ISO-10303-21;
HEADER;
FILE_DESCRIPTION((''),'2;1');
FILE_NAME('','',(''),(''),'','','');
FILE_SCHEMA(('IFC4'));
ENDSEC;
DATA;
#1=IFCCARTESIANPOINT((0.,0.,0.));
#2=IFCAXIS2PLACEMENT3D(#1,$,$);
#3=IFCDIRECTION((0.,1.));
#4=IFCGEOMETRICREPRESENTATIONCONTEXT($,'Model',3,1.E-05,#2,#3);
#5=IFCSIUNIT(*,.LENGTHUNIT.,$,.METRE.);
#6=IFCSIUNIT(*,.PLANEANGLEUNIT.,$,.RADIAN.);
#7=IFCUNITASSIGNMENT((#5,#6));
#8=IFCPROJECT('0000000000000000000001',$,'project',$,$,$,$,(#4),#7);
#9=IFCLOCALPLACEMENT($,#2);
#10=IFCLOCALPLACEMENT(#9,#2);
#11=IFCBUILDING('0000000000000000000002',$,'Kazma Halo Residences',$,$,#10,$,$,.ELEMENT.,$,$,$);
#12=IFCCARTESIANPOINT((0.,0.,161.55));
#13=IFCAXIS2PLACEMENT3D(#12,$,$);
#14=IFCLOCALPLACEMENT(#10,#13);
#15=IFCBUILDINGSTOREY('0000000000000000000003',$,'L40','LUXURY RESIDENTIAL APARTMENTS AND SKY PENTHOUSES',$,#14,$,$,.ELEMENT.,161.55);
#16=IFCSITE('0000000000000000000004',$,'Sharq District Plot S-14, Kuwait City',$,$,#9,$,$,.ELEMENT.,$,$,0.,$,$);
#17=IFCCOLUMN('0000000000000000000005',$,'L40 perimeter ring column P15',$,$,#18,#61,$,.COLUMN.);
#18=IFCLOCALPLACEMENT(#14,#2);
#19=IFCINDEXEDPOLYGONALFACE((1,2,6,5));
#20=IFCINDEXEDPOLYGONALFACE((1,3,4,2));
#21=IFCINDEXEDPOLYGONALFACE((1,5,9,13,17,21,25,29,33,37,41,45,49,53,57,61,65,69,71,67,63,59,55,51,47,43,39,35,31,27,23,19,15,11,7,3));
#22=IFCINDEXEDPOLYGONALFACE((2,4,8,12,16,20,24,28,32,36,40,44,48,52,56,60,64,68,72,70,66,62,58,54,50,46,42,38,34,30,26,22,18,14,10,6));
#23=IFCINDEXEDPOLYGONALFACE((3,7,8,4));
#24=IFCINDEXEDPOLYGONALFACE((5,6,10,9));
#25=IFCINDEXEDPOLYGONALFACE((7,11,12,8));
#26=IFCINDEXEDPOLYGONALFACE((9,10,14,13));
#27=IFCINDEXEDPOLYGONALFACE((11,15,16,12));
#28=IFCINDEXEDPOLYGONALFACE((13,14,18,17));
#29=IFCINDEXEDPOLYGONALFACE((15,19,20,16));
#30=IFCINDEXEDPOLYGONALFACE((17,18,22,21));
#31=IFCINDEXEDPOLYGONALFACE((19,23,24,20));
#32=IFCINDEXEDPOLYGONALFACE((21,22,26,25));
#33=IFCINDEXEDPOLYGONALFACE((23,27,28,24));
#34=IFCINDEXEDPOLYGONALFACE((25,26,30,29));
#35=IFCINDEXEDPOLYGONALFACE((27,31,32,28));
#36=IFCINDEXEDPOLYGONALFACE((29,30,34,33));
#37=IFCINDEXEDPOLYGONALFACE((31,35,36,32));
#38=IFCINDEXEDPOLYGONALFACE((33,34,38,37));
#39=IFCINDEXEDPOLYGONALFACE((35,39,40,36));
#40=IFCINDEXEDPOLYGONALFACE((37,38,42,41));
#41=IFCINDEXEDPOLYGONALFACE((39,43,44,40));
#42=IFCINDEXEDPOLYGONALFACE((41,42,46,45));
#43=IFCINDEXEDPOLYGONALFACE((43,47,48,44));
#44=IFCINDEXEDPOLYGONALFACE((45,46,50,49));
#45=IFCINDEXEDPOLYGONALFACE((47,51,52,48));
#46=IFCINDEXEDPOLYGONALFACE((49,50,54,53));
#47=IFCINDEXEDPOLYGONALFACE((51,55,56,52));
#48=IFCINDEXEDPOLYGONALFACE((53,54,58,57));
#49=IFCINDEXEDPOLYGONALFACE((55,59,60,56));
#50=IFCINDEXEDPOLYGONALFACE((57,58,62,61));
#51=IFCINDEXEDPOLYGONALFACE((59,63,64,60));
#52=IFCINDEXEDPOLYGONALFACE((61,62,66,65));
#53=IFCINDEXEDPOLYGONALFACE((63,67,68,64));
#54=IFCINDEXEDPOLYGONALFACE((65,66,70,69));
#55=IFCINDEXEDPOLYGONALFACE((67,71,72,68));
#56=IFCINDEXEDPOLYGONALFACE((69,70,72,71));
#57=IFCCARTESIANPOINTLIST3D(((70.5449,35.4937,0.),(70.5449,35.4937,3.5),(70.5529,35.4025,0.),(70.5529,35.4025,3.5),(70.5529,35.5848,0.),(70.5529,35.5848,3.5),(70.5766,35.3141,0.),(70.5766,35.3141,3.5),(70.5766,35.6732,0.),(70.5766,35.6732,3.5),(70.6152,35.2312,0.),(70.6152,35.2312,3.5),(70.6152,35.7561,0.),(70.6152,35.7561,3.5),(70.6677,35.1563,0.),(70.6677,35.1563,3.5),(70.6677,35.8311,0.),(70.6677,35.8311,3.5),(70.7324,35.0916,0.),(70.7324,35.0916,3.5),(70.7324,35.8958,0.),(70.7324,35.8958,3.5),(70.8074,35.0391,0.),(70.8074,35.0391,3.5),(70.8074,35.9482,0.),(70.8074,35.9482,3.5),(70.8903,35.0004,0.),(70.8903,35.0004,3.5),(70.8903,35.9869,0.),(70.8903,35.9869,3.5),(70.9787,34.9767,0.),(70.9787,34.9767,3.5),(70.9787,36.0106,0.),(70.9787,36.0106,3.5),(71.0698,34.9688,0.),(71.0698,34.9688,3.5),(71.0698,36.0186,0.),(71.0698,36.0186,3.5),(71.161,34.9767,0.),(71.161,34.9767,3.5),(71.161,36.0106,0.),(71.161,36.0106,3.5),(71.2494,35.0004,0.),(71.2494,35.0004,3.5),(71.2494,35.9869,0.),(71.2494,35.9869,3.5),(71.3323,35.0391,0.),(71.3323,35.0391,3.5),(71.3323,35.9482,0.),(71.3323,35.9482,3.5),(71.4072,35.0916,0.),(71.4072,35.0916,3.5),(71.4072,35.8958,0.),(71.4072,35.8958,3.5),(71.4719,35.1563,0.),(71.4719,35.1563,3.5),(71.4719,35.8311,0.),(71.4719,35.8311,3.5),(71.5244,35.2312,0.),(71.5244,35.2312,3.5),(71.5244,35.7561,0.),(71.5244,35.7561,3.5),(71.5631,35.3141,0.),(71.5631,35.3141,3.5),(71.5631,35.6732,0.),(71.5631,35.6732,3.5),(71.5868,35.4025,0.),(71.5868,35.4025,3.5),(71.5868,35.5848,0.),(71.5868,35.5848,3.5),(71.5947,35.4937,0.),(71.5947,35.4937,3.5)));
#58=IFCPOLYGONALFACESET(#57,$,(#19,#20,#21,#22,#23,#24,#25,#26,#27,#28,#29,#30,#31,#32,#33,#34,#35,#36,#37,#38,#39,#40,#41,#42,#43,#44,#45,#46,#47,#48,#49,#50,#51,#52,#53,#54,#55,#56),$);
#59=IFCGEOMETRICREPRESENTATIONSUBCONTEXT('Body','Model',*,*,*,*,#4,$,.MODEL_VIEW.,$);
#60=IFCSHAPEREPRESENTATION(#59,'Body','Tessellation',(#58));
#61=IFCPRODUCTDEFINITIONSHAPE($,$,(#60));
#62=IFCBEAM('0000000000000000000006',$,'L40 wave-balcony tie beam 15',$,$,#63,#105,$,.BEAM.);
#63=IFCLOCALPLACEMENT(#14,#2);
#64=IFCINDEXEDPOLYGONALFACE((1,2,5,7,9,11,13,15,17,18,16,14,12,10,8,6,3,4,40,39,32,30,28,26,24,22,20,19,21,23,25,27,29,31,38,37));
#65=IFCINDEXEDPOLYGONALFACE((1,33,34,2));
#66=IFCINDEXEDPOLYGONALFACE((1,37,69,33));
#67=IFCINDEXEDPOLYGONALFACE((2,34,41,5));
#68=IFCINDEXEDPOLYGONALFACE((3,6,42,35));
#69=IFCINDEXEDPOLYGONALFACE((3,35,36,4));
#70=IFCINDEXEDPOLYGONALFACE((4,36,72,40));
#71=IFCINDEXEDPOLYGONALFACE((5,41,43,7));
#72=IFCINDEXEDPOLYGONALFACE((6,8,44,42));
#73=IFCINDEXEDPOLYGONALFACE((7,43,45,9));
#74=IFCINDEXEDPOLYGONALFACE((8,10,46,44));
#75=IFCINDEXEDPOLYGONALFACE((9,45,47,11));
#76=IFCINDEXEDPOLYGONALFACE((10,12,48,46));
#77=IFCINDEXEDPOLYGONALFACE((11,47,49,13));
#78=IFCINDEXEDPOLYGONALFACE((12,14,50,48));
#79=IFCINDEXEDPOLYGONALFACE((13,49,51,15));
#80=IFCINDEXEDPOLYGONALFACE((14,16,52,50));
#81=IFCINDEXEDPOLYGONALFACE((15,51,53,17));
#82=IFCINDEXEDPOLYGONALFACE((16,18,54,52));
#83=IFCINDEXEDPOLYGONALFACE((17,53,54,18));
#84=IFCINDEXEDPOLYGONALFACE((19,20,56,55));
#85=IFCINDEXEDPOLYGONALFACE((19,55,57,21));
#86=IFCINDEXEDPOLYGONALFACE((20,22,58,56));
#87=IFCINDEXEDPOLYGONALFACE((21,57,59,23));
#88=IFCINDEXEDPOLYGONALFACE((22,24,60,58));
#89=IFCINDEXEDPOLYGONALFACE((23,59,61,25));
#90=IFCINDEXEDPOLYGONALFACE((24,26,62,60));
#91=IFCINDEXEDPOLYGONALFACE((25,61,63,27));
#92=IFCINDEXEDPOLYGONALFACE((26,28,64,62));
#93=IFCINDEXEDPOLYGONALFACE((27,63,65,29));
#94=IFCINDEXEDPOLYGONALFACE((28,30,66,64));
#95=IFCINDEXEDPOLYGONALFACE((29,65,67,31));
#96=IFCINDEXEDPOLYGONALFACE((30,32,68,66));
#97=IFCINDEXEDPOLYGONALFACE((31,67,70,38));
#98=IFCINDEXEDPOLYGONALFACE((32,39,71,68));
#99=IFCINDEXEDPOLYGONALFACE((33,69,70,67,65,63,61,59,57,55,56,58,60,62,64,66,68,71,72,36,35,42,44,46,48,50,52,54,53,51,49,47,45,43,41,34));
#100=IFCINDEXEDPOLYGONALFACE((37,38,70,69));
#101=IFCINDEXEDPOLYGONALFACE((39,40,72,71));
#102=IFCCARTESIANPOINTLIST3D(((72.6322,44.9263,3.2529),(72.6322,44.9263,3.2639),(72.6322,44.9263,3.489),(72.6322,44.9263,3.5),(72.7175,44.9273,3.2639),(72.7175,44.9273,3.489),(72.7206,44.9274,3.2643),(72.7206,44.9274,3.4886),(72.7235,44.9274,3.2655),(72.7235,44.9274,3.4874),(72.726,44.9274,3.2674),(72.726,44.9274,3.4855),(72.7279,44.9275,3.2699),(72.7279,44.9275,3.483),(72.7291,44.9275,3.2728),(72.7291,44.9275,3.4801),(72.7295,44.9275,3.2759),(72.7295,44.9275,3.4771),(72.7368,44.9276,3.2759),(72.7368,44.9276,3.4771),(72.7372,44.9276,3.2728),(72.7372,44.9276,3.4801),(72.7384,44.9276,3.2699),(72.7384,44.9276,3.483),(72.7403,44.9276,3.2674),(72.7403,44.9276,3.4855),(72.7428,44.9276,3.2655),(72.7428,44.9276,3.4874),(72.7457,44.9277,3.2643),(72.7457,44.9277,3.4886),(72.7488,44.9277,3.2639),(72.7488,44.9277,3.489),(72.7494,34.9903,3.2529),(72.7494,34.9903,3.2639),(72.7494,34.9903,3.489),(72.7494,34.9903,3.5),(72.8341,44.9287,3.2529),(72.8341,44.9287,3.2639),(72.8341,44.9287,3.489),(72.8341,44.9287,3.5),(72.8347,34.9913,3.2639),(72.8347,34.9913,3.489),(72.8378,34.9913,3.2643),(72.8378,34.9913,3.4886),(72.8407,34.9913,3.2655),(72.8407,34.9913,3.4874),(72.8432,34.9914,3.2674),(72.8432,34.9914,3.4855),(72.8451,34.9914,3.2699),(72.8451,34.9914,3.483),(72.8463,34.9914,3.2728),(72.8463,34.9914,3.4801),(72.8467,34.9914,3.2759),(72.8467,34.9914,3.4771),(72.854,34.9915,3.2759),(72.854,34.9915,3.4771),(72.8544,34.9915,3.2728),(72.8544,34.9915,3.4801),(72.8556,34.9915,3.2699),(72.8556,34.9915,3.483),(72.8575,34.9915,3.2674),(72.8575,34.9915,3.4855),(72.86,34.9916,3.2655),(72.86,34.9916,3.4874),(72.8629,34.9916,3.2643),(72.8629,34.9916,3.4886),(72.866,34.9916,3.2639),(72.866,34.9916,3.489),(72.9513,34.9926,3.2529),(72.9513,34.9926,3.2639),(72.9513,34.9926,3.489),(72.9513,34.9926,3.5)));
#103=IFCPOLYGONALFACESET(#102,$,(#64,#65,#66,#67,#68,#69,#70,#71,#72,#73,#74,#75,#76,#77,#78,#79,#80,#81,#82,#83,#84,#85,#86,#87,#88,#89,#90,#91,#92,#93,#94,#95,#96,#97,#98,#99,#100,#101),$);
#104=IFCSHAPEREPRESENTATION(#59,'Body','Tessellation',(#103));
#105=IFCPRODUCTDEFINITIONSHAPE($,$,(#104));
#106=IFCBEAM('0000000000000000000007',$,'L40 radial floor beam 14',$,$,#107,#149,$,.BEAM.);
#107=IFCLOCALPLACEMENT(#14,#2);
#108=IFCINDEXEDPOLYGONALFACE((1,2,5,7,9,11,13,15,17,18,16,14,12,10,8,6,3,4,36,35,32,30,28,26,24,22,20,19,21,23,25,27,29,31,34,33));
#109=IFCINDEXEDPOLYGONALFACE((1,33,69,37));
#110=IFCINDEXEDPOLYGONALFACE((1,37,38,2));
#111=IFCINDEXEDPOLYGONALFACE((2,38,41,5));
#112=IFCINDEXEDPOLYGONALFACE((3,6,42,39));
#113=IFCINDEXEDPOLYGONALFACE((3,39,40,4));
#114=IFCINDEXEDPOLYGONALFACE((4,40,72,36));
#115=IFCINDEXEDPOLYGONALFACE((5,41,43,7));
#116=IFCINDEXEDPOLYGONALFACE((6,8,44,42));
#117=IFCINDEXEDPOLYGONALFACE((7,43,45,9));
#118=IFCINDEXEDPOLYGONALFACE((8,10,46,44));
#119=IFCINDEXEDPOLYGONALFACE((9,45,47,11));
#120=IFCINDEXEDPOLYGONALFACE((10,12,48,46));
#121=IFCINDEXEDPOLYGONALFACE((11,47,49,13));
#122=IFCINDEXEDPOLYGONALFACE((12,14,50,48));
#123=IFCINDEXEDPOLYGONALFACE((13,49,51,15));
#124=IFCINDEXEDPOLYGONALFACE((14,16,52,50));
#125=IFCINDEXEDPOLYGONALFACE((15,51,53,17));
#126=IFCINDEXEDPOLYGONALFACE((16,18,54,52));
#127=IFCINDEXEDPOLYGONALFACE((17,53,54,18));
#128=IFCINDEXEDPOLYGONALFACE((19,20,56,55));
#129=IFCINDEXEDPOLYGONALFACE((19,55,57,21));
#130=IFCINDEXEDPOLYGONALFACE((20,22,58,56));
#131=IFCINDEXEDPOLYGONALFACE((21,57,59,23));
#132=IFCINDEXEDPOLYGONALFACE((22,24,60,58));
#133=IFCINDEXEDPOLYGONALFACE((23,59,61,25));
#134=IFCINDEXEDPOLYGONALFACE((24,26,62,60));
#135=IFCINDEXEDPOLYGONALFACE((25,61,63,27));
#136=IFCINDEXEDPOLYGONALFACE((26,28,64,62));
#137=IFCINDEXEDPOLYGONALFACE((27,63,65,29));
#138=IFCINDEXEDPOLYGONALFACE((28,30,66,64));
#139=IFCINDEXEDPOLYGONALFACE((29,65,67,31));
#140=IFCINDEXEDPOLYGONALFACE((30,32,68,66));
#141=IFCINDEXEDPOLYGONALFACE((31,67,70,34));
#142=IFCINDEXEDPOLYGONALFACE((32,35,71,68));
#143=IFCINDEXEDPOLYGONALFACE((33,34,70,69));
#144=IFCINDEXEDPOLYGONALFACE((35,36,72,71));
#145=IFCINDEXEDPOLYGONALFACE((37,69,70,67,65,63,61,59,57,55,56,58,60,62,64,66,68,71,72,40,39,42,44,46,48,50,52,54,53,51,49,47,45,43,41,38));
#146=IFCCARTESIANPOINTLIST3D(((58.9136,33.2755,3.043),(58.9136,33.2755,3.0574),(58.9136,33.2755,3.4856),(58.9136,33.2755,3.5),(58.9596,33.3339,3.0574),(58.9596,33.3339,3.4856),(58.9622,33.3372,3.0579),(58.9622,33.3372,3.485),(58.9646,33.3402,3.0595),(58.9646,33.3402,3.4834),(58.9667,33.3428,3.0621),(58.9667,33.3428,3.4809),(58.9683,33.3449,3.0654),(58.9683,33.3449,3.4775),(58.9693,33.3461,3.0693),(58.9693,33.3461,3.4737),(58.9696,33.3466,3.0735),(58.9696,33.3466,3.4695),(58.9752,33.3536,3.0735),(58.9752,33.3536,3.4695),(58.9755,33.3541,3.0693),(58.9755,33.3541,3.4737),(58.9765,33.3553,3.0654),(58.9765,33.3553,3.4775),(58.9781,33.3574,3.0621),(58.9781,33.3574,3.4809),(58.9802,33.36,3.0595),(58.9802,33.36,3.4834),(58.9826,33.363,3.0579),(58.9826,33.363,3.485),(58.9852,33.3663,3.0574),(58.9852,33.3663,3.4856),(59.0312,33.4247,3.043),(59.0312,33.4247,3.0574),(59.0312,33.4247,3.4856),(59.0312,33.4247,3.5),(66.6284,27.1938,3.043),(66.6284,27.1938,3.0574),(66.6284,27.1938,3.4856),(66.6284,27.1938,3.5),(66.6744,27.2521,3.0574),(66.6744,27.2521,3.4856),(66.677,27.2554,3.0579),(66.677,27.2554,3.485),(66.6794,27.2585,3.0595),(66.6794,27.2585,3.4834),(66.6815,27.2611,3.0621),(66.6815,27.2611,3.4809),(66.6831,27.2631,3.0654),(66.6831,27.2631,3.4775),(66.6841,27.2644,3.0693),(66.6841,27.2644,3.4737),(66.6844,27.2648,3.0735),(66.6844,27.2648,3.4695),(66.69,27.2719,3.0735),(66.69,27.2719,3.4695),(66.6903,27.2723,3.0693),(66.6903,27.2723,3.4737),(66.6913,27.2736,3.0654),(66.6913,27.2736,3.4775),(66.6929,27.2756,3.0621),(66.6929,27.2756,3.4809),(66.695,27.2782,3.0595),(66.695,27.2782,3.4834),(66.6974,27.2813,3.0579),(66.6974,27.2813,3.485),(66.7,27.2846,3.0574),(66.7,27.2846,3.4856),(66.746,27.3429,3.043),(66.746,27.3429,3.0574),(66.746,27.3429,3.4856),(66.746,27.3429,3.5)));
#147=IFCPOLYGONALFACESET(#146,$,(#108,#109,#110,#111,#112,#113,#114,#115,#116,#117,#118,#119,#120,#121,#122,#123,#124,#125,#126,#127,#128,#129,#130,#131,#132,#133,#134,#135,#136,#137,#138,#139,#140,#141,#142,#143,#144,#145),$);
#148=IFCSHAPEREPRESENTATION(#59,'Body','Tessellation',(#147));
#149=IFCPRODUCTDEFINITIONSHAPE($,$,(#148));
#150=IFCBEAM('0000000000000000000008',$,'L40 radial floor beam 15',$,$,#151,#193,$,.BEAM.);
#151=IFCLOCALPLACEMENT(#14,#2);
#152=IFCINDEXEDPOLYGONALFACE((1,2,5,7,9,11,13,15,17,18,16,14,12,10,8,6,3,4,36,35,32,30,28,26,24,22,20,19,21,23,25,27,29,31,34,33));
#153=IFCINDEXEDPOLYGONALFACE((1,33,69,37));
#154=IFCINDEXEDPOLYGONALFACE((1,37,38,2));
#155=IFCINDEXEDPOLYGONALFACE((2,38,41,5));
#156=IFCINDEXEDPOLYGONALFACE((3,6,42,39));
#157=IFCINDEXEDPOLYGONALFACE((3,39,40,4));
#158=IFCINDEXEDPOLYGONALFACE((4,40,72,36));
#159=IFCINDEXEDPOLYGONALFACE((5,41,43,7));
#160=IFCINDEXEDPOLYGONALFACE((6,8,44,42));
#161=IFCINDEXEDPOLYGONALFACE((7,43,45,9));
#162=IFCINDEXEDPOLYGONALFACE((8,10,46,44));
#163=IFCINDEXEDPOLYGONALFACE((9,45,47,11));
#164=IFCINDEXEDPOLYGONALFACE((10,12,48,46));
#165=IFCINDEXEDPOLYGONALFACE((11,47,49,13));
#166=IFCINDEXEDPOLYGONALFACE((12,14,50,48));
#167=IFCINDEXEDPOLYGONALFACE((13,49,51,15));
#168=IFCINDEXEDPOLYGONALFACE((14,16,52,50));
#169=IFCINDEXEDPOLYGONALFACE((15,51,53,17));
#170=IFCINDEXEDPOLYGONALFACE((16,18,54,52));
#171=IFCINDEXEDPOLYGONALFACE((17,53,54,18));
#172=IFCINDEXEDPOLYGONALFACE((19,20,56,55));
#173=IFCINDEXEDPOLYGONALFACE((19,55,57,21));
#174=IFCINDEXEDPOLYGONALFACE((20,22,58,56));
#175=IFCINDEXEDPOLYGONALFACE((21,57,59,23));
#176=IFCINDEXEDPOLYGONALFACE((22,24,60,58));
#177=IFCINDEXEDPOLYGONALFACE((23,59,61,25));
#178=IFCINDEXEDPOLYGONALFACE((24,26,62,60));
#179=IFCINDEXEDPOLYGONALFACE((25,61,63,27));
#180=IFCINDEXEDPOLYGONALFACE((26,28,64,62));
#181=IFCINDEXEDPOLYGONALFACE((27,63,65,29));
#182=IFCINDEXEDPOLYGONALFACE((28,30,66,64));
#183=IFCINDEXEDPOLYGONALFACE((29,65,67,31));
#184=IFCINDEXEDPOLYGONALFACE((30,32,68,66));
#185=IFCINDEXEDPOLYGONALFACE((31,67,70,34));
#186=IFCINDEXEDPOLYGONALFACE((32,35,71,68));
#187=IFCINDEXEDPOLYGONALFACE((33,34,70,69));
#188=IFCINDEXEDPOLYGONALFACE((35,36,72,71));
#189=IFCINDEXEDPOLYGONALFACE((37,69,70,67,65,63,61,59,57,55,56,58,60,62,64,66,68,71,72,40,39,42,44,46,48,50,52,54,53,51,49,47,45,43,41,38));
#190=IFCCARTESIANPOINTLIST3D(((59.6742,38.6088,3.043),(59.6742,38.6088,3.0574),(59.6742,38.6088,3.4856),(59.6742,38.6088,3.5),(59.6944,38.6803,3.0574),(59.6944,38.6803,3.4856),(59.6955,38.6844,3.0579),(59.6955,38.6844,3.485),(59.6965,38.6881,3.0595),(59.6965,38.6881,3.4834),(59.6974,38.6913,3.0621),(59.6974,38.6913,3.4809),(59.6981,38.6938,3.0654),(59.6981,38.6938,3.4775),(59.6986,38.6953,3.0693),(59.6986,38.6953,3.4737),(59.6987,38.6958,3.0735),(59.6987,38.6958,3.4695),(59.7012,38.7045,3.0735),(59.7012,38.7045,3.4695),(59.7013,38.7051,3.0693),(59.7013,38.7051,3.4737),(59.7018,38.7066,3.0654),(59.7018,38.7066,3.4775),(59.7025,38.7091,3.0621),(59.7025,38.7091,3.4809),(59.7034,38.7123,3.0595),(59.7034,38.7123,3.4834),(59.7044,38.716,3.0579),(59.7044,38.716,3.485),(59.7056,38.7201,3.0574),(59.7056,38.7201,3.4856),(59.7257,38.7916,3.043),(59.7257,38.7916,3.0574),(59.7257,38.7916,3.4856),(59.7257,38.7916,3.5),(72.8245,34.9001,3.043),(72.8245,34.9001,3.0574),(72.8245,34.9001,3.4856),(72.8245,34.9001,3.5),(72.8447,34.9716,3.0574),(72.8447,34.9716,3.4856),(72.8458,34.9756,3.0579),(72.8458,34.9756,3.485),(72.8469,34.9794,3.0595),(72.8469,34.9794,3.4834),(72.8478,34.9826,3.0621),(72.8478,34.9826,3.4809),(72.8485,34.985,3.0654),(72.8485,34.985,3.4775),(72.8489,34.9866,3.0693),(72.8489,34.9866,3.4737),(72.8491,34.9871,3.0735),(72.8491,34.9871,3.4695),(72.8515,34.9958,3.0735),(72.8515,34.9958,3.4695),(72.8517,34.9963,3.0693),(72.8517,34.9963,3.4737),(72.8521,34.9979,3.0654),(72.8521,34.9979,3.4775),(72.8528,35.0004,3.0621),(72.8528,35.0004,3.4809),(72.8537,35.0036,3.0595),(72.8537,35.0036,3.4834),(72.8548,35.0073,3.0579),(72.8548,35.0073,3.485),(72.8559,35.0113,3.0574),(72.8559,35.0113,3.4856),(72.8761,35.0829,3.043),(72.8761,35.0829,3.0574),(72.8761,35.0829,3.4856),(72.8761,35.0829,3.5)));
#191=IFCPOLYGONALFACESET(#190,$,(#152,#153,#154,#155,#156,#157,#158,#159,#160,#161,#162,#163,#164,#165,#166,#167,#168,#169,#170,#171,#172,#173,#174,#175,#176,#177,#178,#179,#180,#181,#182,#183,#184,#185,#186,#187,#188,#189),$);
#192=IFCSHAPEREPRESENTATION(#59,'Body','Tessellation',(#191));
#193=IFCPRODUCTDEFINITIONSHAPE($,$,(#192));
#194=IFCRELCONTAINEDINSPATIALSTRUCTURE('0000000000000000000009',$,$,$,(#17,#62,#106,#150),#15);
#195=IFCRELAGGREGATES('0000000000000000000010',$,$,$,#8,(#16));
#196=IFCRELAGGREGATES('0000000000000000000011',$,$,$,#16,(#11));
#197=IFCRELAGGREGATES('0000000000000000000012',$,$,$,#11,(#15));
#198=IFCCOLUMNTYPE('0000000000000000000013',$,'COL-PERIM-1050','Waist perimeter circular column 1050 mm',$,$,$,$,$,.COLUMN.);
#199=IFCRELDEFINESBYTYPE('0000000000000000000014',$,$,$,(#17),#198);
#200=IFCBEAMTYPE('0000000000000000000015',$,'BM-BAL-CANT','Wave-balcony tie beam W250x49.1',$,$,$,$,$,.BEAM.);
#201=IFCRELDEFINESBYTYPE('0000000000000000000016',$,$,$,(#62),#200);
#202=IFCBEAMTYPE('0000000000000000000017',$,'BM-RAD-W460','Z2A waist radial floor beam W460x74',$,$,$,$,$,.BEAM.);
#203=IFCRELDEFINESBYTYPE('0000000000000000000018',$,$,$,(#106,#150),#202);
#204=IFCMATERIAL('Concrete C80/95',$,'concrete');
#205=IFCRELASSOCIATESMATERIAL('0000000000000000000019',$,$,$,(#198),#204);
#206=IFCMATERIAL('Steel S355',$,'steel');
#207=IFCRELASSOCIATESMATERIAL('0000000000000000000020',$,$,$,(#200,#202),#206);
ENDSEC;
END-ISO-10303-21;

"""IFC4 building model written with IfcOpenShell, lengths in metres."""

from ifc_helpers import new_model, si_unit, direction, frame, origin, origin_2d, place, context, subcontext, project, spatial, circle, i_section, extrude, material, material_profile, profile_set, type_object, element, save


model = new_model("IFC4")

# Units and contexts
model_context = context("Model", 3, precision=1e-05, world=origin(), true_north=direction((0.0, 1.0)))
body_context = subcontext(model_context, "Body", "Model", "MODEL_VIEW")
ifc_project = project(units=[si_unit("LENGTHUNIT", "METRE"), si_unit("PLANEANGLEUNIT", "RADIAN")], contexts=[model_context])

# Site, building, storey
site_placement = place(None, origin())
site = spatial("IfcSite", under=ifc_project, at=site_placement, Name="Sharq District Plot S-14, Kuwait City", CompositionType="ELEMENT", RefElevation=0.0)
building_placement = place(site_placement, origin())
building = spatial("IfcBuilding", under=site, at=building_placement, Name="Kazma Halo Residences", CompositionType="ELEMENT")
storey_placement = place(building_placement, frame((0.0, 0.0, 161.55)))
storey = spatial("IfcBuildingStorey", under=building, at=storey_placement, Name="L40", Description="LUXURY RESIDENTIAL APARTMENTS AND SKY PENTHOUSES", CompositionType="ELEMENT", Elevation=161.55)

# Column
ifc_material_1 = material(Name="Concrete C80/95", Category="concrete")
ifc_material_profile_1 = material_profile(ifc_material_1, circle(Radius=0.5249, at=origin_2d()), Name="CIRC1050")
ifc_profile_set_1 = profile_set([ifc_material_profile_1], Name="Concrete C80/95")
column_type = type_object("IfcColumnType", Name="COL-PERIM-1050", Description="Waist perimeter circular column 1050 mm", PredefinedType="COLUMN", material=ifc_profile_set_1)
column_placement = place(storey_placement, frame((71.0698, 35.4937, 0.0), z_axis=(0.0, 0.0, 1.0), x_axis=(1.0, 0.0, 0.0)))
element("IfcColumn", 1, at=column_placement, inside=storey, type_object=column_type, Name="L40 perimeter ring column P15", PredefinedType="COLUMN", context=body_context, shape_type="SweptSolid", body=[
    extrude(circle(Radius=0.5249, at=origin_2d()), origin(), (0.0, 0.0, 1.0), 3.5),
])

# Beams
ifc_material_2 = material(Name="Steel S355", Category="steel")
ifc_material_profile_2 = material_profile(ifc_material_2, i_section(OverallWidth=0.2019, OverallDepth=0.2471, WebThickness=0.0073, FlangeThickness=0.011, FilletRadius=0.012, at=origin_2d()), Name="W250x49.1")
ifc_profile_set_2 = profile_set([ifc_material_profile_2], Name="Steel S355")
beam_type_1 = type_object("IfcBeamType", Name="BM-BAL-CANT", Description="Wave-balcony tie beam W250x49.1", PredefinedType="BEAM", material=ifc_profile_set_2)
beam_1_placement = place(storey_placement, frame((72.8503, 34.9915, 3.3765), z_axis=(-0.011793, 0.99993, 0.0), x_axis=(-0.99993, -0.011793, 0.0)))
element("IfcBeam", 2, at=beam_1_placement, inside=storey, type_object=beam_type_1, Name="L40 wave-balcony tie beam 15", PredefinedType="BEAM", context=body_context, shape_type="SweptSolid", body=[
    extrude(i_section(OverallWidth=0.2019, OverallDepth=0.2471, WebThickness=0.0073, FlangeThickness=0.011, FilletRadius=0.012, at=origin_2d()), origin(), (0.0, 0.0, 1.0), 9.9368),
])
ifc_material_profile_3 = material_profile(ifc_material_2, i_section(OverallWidth=0.1899, OverallDepth=0.457, WebThickness=0.009, FlangeThickness=0.0144, FilletRadius=0.0161, at=origin_2d()), Name="W460x74")
ifc_profile_set_3 = profile_set([ifc_material_profile_3], Name="Steel S355")
beam_type_2 = type_object("IfcBeamType", Name="BM-RAD-W460", Description="Z2A waist radial floor beam W460x74", PredefinedType="BEAM", material=ifc_profile_set_3)
beam_2_placement = place(storey_placement, frame((58.9724, 33.3501, 3.2715), z_axis=(0.785322, -0.619087, 0.0), x_axis=(0.619087, 0.785322, 0.0)))
element("IfcBeam", 3, at=beam_2_placement, inside=storey, type_object=beam_type_2, Name="L40 radial floor beam 14", PredefinedType="BEAM", context=body_context, shape_type="SweptSolid", body=[
    extrude(i_section(OverallWidth=0.1899, OverallDepth=0.457, WebThickness=0.009, FlangeThickness=0.0144, FilletRadius=0.0161, at=origin_2d()), origin(), (0.0, 0.0, 1.0), 9.8237),
])
beam_3_placement = place(storey_placement, frame((59.7, 38.7002, 3.2715), z_axis=(0.962456, -0.271437, 0.0), x_axis=(0.271437, 0.962456, 0.0)))
element("IfcBeam", 4, at=beam_3_placement, inside=storey, type_object=beam_type_2, Name="L40 radial floor beam 15", PredefinedType="BEAM", context=body_context, shape_type="SweptSolid", body=[
    extrude(i_section(OverallWidth=0.1899, OverallDepth=0.457, WebThickness=0.009, FlangeThickness=0.0144, FilletRadius=0.0161, at=origin_2d()), origin(), (0.0, 0.0, 1.0), 13.6633),
])

save(model, "model.ifc")
